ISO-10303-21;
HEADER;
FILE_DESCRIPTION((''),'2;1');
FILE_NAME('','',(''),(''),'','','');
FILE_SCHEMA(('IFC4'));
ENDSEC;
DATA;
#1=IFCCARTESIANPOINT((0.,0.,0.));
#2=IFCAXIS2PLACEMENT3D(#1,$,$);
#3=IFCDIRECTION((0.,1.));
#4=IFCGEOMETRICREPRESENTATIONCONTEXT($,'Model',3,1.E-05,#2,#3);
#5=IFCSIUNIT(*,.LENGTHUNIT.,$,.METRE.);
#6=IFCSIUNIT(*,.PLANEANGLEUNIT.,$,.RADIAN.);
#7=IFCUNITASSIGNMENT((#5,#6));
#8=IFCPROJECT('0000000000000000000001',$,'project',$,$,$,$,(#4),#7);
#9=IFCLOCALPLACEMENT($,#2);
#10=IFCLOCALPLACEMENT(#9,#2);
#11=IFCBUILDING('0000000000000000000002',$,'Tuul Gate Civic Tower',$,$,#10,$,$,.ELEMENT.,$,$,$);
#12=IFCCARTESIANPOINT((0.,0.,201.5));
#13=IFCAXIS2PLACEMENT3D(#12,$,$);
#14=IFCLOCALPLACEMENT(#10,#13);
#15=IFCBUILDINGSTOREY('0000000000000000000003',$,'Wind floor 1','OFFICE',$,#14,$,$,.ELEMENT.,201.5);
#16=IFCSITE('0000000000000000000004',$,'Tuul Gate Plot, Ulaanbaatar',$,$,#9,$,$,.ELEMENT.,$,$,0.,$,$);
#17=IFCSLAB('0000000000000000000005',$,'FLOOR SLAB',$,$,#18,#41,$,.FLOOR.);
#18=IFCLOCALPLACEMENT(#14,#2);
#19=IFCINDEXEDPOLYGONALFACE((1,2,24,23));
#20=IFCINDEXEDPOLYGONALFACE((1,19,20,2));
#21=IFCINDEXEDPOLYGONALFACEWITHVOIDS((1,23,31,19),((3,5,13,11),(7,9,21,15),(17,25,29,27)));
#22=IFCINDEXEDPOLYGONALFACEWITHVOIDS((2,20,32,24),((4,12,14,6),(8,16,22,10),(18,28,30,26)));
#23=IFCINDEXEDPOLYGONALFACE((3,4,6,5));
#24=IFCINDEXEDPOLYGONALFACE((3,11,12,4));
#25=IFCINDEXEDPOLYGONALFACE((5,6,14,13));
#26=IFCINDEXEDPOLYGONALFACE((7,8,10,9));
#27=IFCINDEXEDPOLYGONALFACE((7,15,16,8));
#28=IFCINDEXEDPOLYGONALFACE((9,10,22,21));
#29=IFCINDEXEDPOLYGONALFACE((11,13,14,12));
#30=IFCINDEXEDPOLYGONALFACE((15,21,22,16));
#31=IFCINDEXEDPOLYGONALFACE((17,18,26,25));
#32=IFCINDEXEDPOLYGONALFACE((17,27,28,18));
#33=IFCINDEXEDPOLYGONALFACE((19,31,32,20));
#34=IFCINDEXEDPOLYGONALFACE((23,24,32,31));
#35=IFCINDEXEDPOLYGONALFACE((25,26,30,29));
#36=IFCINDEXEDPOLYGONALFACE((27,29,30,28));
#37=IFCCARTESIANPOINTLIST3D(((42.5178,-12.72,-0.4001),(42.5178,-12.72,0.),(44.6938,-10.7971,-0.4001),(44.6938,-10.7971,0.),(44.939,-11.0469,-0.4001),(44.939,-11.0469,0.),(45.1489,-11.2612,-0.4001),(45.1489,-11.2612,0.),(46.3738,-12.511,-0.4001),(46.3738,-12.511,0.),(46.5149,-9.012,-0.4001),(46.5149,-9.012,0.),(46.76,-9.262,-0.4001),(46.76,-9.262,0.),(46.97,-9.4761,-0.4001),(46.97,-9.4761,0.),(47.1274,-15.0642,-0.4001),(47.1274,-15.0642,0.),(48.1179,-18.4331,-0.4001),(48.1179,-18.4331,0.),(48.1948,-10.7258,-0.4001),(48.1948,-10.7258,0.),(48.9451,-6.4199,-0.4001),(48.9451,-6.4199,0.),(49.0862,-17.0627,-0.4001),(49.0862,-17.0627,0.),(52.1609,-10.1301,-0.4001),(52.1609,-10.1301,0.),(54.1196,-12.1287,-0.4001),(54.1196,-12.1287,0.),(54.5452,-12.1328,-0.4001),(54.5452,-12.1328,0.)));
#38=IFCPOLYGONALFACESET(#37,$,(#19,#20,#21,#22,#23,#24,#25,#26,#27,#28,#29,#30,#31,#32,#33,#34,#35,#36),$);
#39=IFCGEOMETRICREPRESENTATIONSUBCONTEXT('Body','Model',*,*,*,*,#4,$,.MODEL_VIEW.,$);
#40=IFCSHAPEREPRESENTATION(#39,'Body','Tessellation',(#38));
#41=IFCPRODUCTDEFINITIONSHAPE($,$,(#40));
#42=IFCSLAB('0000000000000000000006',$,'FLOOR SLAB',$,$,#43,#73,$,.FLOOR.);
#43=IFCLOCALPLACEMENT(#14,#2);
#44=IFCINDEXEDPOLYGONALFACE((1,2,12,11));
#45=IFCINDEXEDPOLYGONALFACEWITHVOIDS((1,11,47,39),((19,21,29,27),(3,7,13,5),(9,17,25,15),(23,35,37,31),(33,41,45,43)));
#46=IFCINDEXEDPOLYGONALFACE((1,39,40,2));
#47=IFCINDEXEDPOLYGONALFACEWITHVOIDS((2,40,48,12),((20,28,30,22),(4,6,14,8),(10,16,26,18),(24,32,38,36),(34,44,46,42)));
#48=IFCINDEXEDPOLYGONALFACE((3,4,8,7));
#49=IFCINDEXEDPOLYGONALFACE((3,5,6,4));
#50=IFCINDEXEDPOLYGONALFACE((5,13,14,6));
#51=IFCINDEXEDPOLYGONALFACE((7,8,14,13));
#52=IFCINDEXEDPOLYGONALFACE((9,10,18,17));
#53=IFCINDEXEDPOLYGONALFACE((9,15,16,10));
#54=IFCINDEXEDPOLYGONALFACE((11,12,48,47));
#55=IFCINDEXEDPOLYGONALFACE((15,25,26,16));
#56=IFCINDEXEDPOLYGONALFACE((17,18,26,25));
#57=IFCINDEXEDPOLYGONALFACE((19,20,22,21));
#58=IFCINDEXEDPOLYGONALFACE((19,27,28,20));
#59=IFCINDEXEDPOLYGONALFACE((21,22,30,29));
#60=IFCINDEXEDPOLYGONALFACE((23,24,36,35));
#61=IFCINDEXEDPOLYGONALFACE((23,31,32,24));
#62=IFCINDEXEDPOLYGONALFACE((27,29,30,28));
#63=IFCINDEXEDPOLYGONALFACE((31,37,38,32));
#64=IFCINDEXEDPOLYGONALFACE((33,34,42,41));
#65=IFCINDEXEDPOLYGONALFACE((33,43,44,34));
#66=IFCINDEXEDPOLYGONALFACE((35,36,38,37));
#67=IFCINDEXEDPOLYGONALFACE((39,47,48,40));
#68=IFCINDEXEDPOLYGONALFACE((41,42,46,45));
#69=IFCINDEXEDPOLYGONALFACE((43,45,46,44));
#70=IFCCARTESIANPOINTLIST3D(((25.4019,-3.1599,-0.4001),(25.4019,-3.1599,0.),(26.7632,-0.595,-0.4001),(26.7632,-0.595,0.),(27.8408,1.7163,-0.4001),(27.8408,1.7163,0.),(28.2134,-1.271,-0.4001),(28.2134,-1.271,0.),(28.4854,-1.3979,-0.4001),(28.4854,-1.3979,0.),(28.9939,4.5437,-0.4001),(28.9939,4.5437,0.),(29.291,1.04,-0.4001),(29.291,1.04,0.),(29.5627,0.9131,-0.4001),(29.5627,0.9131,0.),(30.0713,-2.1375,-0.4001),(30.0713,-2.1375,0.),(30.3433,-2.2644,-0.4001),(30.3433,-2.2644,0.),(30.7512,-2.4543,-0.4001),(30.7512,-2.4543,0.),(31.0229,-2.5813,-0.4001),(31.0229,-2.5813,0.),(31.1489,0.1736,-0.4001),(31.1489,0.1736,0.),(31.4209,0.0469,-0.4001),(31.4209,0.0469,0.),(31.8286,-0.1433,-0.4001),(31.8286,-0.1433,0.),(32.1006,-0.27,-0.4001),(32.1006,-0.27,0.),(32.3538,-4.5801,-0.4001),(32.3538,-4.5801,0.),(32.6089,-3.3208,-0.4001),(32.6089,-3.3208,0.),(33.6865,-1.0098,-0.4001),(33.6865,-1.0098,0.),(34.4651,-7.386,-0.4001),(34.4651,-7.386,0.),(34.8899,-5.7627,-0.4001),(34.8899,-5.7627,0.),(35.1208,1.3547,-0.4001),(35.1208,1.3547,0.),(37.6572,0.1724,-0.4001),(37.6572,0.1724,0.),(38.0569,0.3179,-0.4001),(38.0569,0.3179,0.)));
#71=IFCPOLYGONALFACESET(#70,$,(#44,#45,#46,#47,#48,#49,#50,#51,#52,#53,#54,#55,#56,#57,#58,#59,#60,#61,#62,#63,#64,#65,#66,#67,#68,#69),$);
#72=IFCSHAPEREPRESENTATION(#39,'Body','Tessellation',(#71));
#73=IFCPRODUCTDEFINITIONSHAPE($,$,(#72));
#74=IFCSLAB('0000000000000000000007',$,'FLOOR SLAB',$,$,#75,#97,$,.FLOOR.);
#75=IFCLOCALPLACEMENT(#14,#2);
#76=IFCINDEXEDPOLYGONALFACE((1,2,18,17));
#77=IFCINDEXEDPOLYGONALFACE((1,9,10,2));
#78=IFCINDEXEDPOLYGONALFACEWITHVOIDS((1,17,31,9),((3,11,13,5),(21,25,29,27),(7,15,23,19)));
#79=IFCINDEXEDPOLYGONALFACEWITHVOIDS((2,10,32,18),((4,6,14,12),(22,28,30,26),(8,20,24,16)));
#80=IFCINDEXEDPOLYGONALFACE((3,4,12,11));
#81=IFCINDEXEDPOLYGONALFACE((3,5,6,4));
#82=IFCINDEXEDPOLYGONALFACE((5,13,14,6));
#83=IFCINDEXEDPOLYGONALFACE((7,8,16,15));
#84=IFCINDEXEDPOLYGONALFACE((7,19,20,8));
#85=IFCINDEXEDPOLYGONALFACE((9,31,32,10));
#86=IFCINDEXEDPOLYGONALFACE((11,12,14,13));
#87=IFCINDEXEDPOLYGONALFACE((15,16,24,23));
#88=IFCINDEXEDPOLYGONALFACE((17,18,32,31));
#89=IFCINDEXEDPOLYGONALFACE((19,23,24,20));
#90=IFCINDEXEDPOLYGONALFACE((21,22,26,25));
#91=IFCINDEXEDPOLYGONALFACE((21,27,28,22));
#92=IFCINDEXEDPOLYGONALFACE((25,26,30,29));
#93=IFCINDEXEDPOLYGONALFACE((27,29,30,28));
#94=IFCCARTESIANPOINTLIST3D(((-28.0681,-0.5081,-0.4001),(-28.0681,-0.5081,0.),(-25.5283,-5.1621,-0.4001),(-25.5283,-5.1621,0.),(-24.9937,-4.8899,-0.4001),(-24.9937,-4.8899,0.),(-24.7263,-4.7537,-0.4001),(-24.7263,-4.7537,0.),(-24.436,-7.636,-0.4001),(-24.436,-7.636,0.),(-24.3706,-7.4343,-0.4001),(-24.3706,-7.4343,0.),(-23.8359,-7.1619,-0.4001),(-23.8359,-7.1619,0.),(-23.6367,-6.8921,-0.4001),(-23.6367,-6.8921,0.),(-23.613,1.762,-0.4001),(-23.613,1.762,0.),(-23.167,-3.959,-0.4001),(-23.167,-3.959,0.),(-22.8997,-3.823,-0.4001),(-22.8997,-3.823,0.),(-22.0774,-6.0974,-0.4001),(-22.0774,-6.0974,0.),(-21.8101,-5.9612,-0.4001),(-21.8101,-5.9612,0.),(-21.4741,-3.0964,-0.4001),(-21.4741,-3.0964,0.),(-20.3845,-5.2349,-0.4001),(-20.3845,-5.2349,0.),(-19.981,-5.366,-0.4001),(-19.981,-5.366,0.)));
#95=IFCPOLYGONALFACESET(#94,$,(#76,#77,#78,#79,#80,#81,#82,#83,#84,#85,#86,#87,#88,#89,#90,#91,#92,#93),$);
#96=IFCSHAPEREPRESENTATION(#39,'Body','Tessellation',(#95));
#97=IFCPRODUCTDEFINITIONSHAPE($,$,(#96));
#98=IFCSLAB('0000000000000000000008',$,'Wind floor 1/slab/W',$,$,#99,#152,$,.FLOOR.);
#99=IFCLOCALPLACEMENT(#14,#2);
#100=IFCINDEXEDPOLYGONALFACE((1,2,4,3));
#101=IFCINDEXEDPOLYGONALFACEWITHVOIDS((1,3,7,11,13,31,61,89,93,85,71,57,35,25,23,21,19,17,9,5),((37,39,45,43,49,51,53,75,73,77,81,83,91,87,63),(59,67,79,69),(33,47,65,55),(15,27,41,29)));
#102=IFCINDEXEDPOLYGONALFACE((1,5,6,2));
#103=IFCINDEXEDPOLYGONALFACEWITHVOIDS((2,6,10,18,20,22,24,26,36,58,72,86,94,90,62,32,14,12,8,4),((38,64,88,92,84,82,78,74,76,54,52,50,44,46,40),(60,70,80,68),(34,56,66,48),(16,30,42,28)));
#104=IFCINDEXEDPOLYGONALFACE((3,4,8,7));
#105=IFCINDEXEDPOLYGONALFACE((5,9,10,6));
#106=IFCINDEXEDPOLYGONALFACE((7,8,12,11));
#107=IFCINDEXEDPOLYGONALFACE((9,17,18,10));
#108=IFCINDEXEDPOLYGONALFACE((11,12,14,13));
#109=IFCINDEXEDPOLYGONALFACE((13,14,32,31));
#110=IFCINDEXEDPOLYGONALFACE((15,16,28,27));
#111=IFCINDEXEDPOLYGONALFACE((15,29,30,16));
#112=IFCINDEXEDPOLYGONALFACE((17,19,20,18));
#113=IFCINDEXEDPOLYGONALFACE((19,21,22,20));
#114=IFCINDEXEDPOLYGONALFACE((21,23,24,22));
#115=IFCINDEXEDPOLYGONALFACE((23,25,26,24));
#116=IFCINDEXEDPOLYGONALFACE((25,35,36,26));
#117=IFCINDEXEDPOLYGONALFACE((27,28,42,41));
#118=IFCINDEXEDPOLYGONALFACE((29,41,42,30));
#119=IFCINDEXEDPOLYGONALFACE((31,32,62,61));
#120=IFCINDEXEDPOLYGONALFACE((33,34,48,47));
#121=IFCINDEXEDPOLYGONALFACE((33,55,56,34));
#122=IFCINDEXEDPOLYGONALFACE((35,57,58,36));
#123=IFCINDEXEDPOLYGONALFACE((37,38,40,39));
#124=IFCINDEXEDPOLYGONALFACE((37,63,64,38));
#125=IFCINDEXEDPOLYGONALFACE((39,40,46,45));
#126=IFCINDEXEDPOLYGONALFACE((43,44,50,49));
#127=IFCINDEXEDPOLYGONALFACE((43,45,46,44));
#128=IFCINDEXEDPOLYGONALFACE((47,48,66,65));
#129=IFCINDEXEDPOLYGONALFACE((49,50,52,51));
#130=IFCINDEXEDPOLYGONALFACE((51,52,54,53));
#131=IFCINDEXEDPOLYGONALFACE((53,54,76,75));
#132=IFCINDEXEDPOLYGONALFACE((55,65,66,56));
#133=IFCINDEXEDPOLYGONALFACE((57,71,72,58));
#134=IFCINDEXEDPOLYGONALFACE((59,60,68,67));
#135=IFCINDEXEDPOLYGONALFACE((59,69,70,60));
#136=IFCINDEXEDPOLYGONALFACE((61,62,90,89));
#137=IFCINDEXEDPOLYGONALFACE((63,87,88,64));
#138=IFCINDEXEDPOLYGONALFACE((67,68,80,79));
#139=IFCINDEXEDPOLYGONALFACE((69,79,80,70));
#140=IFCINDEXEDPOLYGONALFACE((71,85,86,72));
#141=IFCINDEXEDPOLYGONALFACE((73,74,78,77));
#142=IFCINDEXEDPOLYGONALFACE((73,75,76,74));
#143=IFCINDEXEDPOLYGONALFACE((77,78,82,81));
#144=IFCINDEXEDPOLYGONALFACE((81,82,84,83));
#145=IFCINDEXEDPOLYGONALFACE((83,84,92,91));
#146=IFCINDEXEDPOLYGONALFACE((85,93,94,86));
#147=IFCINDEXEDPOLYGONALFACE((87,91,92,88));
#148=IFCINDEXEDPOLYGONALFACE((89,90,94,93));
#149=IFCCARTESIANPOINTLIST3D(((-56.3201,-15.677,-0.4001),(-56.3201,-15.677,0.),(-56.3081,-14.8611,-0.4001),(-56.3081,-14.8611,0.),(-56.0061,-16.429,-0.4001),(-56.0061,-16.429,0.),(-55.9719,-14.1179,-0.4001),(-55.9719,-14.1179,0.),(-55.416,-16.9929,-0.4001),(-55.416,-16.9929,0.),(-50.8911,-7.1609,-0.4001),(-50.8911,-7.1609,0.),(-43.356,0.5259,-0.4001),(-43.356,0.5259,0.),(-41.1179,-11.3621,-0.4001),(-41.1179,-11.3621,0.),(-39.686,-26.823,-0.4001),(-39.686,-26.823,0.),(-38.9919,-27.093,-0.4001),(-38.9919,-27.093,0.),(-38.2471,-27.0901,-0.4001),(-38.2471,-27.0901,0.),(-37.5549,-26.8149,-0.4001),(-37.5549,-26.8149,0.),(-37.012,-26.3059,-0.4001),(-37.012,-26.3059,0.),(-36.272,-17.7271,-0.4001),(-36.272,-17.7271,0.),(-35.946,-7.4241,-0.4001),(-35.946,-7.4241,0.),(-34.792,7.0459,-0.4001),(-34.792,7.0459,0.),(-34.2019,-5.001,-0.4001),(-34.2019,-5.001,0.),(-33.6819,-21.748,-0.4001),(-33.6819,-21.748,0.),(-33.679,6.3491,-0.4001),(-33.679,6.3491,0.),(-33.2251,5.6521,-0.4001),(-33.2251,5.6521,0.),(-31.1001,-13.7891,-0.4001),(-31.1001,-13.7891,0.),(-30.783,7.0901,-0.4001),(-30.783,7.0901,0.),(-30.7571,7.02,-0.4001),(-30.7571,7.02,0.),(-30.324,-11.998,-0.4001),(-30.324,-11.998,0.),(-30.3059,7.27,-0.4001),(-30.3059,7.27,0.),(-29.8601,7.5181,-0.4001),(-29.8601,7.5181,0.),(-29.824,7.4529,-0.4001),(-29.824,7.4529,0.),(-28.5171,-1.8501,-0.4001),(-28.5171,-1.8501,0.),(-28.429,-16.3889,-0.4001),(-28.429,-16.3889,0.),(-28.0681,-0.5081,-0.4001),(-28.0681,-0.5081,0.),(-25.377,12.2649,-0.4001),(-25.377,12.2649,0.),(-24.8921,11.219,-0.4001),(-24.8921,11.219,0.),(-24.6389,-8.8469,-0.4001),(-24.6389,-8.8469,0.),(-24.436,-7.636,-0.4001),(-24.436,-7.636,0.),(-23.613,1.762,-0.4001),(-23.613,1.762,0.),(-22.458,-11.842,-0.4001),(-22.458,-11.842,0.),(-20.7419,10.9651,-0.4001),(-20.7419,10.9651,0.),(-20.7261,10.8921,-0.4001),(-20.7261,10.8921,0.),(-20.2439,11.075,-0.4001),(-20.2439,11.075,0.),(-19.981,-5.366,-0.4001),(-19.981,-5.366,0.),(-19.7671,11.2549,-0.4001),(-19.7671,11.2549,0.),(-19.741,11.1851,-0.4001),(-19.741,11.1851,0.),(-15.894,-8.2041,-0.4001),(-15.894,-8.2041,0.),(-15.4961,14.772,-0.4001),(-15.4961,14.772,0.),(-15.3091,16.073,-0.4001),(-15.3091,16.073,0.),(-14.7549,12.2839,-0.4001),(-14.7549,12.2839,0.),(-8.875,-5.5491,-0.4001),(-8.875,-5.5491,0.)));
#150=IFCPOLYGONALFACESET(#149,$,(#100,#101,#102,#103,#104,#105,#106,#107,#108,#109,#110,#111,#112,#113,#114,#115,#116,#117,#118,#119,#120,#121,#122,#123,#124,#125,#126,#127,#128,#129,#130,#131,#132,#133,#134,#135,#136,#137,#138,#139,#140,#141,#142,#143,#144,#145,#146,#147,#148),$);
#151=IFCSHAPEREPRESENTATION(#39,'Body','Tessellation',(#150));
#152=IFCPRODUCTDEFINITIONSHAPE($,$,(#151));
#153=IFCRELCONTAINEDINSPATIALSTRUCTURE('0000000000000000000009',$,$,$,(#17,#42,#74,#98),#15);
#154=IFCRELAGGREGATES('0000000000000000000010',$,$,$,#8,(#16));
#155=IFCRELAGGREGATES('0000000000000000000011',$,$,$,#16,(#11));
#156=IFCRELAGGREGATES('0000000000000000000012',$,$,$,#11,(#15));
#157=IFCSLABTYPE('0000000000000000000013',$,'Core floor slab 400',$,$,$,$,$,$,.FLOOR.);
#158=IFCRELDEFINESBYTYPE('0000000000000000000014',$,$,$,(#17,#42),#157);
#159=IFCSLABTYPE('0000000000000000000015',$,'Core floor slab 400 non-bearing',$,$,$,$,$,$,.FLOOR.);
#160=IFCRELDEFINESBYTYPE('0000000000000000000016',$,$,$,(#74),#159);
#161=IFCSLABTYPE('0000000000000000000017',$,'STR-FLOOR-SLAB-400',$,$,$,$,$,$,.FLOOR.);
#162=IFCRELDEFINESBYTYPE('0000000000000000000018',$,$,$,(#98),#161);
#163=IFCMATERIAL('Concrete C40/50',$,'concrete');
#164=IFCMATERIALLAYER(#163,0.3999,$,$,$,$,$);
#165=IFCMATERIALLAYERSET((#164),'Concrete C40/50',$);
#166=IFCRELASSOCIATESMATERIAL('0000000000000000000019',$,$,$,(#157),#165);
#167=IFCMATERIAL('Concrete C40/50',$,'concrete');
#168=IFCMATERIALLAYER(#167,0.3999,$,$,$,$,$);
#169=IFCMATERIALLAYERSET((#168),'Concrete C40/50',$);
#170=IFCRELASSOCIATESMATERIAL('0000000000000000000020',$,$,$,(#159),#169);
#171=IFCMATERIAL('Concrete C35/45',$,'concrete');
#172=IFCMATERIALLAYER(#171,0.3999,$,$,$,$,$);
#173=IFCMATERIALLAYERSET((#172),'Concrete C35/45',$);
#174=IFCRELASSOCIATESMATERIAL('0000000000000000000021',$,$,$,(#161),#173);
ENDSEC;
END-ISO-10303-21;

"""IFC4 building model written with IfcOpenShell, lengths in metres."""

from ifc_helpers import new_model, si_unit, direction, frame, origin, place, context, subcontext, project, spatial, polyline, outline, extrude, material, layer, layer_set, type_object, element, save


model = new_model("IFC4")

# Units and contexts
model_context = context("Model", 3, precision=1e-05, world=origin(), true_north=direction((0.0, 1.0)))
body_context = subcontext(model_context, "Body", "Model", "MODEL_VIEW")
ifc_project = project(units=[si_unit("LENGTHUNIT", "METRE"), si_unit("PLANEANGLEUNIT", "RADIAN")], contexts=[model_context])

# Site, building, storey
site_placement = place(None, origin())
site = spatial("IfcSite", under=ifc_project, at=site_placement, Name="Tuul Gate Plot, Ulaanbaatar", CompositionType="ELEMENT", RefElevation=0.0)
building_placement = place(site_placement, origin())
building = spatial("IfcBuilding", under=site, at=building_placement, Name="Tuul Gate Civic Tower", CompositionType="ELEMENT")
storey_placement = place(building_placement, frame((0.0, 0.0, 201.5)))
storey = spatial("IfcBuildingStorey", under=building, at=storey_placement, Name="Wind floor 1", Description="OFFICE", CompositionType="ELEMENT", Elevation=201.5)

# Slabs
ifc_material_1 = material(Name="Concrete C40/50", Category="concrete")
ifc_layer_1 = layer(ifc_material_1, 0.3999)
ifc_layer_set_1 = layer_set([ifc_layer_1], Name="Concrete C40/50")
slab_type_1 = type_object("IfcSlabType", Name="Core floor slab 400", PredefinedType="FLOOR", material=ifc_layer_set_1)
slab_1_placement = place(storey_placement, frame((0.0, 0.0, -0.4001)))
element("IfcSlab", 1, at=slab_1_placement, inside=storey, type_object=slab_type_1, Name="FLOOR SLAB", PredefinedType="FLOOR", context=body_context, shape_type="SweptSolid", body=[
    extrude(outline(polyline([(48.1179, -18.4331), (54.5452, -12.1328), (48.9451, -6.4199), (42.5178, -12.72), (48.1179, -18.4331)]), holes=[polyline([(46.3738, -12.511), (48.1948, -10.7258), (46.97, -9.4761), (45.1489, -11.2612), (46.3738, -12.511)]), polyline([(44.939, -11.0469), (46.76, -9.262), (46.5149, -9.012), (44.6938, -10.7971), (44.939, -11.0469)]), polyline([(49.0862, -17.0627), (47.1274, -15.0642), (52.1609, -10.1301), (54.1196, -12.1287), (49.0862, -17.0627)])]), origin(), (0.0, 0.0, 1.0), 0.4001),
])
slab_2_placement = place(storey_placement, frame((0.0, 0.0, -0.4001)))
element("IfcSlab", 2, at=slab_2_placement, inside=storey, type_object=slab_type_1, Name="FLOOR SLAB", PredefinedType="FLOOR", context=body_context, shape_type="SweptSolid", body=[
    extrude(outline(polyline([(34.4651, -7.386), (38.0569, 0.3179), (28.9939, 4.5437), (25.4019, -3.1599), (34.4651, -7.386)]), holes=[polyline([(32.6089, -3.3208), (33.6865, -1.0098), (32.1006, -0.27), (31.0229, -2.5813), (32.6089, -3.3208)]), polyline([(30.0713, -2.1375), (31.1489, 0.1736), (29.5627, 0.9131), (28.4854, -1.3979), (30.0713, -2.1375)]), polyline([(30.7512, -2.4543), (31.8286, -0.1433), (31.4209, 0.0469), (30.3433, -2.2644), (30.7512, -2.4543)]), polyline([(28.2134, -1.271), (29.291, 1.04), (27.8408, 1.7163), (26.7632, -0.595), (28.2134, -1.271)]), polyline([(34.8899, -5.7627), (32.3538, -4.5801), (35.1208, 1.3547), (37.6572, 0.1724), (34.8899, -5.7627)])]), origin(), (0.0, 0.0, 1.0), 0.4001),
])
ifc_material_2 = material(Name="Concrete C40/50", Category="concrete")
ifc_layer_2 = layer(ifc_material_2, 0.3999)
ifc_layer_set_2 = layer_set([ifc_layer_2], Name="Concrete C40/50")
slab_type_2 = type_object("IfcSlabType", Name="Core floor slab 400 non-bearing", PredefinedType="FLOOR", material=ifc_layer_set_2)
slab_3_placement = place(storey_placement, frame((0.0, 0.0, -0.4001)))
element("IfcSlab", 3, at=slab_3_placement, inside=storey, type_object=slab_type_2, Name="FLOOR SLAB", PredefinedType="FLOOR", context=body_context, shape_type="SweptSolid", body=[
    extrude(outline(polyline([(-19.981, -5.366), (-23.613, 1.762), (-28.0681, -0.5081), (-24.436, -7.636), (-19.981, -5.366)]), holes=[polyline([(-20.3845, -5.2349), (-21.4741, -3.0964), (-22.8997, -3.823), (-21.8101, -5.9612), (-20.3845, -5.2349)]), polyline([(-22.0774, -6.0974), (-23.167, -3.959), (-24.7263, -4.7537), (-23.6367, -6.8921), (-22.0774, -6.0974)]), polyline([(-23.8359, -7.1619), (-24.9937, -4.8899), (-25.5283, -5.1621), (-24.3706, -7.4343), (-23.8359, -7.1619)])]), origin(), (0.0, 0.0, 1.0), 0.4001),
])
ifc_material_3 = material(Name="Concrete C35/45", Category="concrete")
ifc_layer_3 = layer(ifc_material_3, 0.3999)
ifc_layer_set_3 = layer_set([ifc_layer_3], Name="Concrete C35/45")
slab_type_3 = type_object("IfcSlabType", Name="STR-FLOOR-SLAB-400", PredefinedType="FLOOR", material=ifc_layer_set_3)
slab_4_placement = place(storey_placement, frame((0.0, 0.0, -0.4001)))
element("IfcSlab", 4, at=slab_4_placement, inside=storey, type_object=slab_type_3, Name="Wind floor 1/slab/W", PredefinedType="FLOOR", context=body_context, shape_type="SweptSolid", body=[
    extrude(outline(polyline([(-15.894, -8.2041), (-8.875, -5.5491), (-15.3091, 16.073), (-25.377, 12.2649), (-34.792, 7.0459), (-43.356, 0.5259), (-50.8911, -7.1609), (-55.9719, -14.1179), (-56.3081, -14.8611), (-56.3201, -15.677), (-56.0061, -16.429), (-55.416, -16.9929), (-39.686, -26.823), (-38.9919, -27.093), (-38.2471, -27.0901), (-37.5549, -26.8149), (-37.012, -26.3059), (-33.6819, -21.748), (-28.429, -16.3889), (-22.458, -11.842), (-15.894, -8.2041)]), holes=[polyline([(-36.272, -17.7271), (-41.1179, -11.3621), (-35.946, -7.4241), (-31.1001, -13.7891), (-36.272, -17.7271)]), polyline([(-30.324, -11.998), (-34.2019, -5.001), (-28.5171, -1.8501), (-24.6389, -8.8469), (-30.324, -11.998)]), polyline([(-24.436, -7.636), (-28.0681, -0.5081), (-23.613, 1.762), (-19.981, -5.366), (-24.436, -7.636)]), polyline([(-19.7671, 11.2549), (-20.2439, 11.075), (-20.7419, 10.9651), (-20.7261, 10.8921), (-29.824, 7.4529), (-29.8601, 7.5181), (-30.3059, 7.27), (-30.783, 7.0901), (-30.7571, 7.02), (-33.2251, 5.6521), (-33.679, 6.3491), (-24.8921, 11.219), (-15.4961, 14.772), (-14.7549, 12.2839), (-19.741, 11.1851), (-19.7671, 11.2549)])]), origin(), (0.0, 0.0, 1.0), 0.4001),
])

save(model, "model.ifc")
